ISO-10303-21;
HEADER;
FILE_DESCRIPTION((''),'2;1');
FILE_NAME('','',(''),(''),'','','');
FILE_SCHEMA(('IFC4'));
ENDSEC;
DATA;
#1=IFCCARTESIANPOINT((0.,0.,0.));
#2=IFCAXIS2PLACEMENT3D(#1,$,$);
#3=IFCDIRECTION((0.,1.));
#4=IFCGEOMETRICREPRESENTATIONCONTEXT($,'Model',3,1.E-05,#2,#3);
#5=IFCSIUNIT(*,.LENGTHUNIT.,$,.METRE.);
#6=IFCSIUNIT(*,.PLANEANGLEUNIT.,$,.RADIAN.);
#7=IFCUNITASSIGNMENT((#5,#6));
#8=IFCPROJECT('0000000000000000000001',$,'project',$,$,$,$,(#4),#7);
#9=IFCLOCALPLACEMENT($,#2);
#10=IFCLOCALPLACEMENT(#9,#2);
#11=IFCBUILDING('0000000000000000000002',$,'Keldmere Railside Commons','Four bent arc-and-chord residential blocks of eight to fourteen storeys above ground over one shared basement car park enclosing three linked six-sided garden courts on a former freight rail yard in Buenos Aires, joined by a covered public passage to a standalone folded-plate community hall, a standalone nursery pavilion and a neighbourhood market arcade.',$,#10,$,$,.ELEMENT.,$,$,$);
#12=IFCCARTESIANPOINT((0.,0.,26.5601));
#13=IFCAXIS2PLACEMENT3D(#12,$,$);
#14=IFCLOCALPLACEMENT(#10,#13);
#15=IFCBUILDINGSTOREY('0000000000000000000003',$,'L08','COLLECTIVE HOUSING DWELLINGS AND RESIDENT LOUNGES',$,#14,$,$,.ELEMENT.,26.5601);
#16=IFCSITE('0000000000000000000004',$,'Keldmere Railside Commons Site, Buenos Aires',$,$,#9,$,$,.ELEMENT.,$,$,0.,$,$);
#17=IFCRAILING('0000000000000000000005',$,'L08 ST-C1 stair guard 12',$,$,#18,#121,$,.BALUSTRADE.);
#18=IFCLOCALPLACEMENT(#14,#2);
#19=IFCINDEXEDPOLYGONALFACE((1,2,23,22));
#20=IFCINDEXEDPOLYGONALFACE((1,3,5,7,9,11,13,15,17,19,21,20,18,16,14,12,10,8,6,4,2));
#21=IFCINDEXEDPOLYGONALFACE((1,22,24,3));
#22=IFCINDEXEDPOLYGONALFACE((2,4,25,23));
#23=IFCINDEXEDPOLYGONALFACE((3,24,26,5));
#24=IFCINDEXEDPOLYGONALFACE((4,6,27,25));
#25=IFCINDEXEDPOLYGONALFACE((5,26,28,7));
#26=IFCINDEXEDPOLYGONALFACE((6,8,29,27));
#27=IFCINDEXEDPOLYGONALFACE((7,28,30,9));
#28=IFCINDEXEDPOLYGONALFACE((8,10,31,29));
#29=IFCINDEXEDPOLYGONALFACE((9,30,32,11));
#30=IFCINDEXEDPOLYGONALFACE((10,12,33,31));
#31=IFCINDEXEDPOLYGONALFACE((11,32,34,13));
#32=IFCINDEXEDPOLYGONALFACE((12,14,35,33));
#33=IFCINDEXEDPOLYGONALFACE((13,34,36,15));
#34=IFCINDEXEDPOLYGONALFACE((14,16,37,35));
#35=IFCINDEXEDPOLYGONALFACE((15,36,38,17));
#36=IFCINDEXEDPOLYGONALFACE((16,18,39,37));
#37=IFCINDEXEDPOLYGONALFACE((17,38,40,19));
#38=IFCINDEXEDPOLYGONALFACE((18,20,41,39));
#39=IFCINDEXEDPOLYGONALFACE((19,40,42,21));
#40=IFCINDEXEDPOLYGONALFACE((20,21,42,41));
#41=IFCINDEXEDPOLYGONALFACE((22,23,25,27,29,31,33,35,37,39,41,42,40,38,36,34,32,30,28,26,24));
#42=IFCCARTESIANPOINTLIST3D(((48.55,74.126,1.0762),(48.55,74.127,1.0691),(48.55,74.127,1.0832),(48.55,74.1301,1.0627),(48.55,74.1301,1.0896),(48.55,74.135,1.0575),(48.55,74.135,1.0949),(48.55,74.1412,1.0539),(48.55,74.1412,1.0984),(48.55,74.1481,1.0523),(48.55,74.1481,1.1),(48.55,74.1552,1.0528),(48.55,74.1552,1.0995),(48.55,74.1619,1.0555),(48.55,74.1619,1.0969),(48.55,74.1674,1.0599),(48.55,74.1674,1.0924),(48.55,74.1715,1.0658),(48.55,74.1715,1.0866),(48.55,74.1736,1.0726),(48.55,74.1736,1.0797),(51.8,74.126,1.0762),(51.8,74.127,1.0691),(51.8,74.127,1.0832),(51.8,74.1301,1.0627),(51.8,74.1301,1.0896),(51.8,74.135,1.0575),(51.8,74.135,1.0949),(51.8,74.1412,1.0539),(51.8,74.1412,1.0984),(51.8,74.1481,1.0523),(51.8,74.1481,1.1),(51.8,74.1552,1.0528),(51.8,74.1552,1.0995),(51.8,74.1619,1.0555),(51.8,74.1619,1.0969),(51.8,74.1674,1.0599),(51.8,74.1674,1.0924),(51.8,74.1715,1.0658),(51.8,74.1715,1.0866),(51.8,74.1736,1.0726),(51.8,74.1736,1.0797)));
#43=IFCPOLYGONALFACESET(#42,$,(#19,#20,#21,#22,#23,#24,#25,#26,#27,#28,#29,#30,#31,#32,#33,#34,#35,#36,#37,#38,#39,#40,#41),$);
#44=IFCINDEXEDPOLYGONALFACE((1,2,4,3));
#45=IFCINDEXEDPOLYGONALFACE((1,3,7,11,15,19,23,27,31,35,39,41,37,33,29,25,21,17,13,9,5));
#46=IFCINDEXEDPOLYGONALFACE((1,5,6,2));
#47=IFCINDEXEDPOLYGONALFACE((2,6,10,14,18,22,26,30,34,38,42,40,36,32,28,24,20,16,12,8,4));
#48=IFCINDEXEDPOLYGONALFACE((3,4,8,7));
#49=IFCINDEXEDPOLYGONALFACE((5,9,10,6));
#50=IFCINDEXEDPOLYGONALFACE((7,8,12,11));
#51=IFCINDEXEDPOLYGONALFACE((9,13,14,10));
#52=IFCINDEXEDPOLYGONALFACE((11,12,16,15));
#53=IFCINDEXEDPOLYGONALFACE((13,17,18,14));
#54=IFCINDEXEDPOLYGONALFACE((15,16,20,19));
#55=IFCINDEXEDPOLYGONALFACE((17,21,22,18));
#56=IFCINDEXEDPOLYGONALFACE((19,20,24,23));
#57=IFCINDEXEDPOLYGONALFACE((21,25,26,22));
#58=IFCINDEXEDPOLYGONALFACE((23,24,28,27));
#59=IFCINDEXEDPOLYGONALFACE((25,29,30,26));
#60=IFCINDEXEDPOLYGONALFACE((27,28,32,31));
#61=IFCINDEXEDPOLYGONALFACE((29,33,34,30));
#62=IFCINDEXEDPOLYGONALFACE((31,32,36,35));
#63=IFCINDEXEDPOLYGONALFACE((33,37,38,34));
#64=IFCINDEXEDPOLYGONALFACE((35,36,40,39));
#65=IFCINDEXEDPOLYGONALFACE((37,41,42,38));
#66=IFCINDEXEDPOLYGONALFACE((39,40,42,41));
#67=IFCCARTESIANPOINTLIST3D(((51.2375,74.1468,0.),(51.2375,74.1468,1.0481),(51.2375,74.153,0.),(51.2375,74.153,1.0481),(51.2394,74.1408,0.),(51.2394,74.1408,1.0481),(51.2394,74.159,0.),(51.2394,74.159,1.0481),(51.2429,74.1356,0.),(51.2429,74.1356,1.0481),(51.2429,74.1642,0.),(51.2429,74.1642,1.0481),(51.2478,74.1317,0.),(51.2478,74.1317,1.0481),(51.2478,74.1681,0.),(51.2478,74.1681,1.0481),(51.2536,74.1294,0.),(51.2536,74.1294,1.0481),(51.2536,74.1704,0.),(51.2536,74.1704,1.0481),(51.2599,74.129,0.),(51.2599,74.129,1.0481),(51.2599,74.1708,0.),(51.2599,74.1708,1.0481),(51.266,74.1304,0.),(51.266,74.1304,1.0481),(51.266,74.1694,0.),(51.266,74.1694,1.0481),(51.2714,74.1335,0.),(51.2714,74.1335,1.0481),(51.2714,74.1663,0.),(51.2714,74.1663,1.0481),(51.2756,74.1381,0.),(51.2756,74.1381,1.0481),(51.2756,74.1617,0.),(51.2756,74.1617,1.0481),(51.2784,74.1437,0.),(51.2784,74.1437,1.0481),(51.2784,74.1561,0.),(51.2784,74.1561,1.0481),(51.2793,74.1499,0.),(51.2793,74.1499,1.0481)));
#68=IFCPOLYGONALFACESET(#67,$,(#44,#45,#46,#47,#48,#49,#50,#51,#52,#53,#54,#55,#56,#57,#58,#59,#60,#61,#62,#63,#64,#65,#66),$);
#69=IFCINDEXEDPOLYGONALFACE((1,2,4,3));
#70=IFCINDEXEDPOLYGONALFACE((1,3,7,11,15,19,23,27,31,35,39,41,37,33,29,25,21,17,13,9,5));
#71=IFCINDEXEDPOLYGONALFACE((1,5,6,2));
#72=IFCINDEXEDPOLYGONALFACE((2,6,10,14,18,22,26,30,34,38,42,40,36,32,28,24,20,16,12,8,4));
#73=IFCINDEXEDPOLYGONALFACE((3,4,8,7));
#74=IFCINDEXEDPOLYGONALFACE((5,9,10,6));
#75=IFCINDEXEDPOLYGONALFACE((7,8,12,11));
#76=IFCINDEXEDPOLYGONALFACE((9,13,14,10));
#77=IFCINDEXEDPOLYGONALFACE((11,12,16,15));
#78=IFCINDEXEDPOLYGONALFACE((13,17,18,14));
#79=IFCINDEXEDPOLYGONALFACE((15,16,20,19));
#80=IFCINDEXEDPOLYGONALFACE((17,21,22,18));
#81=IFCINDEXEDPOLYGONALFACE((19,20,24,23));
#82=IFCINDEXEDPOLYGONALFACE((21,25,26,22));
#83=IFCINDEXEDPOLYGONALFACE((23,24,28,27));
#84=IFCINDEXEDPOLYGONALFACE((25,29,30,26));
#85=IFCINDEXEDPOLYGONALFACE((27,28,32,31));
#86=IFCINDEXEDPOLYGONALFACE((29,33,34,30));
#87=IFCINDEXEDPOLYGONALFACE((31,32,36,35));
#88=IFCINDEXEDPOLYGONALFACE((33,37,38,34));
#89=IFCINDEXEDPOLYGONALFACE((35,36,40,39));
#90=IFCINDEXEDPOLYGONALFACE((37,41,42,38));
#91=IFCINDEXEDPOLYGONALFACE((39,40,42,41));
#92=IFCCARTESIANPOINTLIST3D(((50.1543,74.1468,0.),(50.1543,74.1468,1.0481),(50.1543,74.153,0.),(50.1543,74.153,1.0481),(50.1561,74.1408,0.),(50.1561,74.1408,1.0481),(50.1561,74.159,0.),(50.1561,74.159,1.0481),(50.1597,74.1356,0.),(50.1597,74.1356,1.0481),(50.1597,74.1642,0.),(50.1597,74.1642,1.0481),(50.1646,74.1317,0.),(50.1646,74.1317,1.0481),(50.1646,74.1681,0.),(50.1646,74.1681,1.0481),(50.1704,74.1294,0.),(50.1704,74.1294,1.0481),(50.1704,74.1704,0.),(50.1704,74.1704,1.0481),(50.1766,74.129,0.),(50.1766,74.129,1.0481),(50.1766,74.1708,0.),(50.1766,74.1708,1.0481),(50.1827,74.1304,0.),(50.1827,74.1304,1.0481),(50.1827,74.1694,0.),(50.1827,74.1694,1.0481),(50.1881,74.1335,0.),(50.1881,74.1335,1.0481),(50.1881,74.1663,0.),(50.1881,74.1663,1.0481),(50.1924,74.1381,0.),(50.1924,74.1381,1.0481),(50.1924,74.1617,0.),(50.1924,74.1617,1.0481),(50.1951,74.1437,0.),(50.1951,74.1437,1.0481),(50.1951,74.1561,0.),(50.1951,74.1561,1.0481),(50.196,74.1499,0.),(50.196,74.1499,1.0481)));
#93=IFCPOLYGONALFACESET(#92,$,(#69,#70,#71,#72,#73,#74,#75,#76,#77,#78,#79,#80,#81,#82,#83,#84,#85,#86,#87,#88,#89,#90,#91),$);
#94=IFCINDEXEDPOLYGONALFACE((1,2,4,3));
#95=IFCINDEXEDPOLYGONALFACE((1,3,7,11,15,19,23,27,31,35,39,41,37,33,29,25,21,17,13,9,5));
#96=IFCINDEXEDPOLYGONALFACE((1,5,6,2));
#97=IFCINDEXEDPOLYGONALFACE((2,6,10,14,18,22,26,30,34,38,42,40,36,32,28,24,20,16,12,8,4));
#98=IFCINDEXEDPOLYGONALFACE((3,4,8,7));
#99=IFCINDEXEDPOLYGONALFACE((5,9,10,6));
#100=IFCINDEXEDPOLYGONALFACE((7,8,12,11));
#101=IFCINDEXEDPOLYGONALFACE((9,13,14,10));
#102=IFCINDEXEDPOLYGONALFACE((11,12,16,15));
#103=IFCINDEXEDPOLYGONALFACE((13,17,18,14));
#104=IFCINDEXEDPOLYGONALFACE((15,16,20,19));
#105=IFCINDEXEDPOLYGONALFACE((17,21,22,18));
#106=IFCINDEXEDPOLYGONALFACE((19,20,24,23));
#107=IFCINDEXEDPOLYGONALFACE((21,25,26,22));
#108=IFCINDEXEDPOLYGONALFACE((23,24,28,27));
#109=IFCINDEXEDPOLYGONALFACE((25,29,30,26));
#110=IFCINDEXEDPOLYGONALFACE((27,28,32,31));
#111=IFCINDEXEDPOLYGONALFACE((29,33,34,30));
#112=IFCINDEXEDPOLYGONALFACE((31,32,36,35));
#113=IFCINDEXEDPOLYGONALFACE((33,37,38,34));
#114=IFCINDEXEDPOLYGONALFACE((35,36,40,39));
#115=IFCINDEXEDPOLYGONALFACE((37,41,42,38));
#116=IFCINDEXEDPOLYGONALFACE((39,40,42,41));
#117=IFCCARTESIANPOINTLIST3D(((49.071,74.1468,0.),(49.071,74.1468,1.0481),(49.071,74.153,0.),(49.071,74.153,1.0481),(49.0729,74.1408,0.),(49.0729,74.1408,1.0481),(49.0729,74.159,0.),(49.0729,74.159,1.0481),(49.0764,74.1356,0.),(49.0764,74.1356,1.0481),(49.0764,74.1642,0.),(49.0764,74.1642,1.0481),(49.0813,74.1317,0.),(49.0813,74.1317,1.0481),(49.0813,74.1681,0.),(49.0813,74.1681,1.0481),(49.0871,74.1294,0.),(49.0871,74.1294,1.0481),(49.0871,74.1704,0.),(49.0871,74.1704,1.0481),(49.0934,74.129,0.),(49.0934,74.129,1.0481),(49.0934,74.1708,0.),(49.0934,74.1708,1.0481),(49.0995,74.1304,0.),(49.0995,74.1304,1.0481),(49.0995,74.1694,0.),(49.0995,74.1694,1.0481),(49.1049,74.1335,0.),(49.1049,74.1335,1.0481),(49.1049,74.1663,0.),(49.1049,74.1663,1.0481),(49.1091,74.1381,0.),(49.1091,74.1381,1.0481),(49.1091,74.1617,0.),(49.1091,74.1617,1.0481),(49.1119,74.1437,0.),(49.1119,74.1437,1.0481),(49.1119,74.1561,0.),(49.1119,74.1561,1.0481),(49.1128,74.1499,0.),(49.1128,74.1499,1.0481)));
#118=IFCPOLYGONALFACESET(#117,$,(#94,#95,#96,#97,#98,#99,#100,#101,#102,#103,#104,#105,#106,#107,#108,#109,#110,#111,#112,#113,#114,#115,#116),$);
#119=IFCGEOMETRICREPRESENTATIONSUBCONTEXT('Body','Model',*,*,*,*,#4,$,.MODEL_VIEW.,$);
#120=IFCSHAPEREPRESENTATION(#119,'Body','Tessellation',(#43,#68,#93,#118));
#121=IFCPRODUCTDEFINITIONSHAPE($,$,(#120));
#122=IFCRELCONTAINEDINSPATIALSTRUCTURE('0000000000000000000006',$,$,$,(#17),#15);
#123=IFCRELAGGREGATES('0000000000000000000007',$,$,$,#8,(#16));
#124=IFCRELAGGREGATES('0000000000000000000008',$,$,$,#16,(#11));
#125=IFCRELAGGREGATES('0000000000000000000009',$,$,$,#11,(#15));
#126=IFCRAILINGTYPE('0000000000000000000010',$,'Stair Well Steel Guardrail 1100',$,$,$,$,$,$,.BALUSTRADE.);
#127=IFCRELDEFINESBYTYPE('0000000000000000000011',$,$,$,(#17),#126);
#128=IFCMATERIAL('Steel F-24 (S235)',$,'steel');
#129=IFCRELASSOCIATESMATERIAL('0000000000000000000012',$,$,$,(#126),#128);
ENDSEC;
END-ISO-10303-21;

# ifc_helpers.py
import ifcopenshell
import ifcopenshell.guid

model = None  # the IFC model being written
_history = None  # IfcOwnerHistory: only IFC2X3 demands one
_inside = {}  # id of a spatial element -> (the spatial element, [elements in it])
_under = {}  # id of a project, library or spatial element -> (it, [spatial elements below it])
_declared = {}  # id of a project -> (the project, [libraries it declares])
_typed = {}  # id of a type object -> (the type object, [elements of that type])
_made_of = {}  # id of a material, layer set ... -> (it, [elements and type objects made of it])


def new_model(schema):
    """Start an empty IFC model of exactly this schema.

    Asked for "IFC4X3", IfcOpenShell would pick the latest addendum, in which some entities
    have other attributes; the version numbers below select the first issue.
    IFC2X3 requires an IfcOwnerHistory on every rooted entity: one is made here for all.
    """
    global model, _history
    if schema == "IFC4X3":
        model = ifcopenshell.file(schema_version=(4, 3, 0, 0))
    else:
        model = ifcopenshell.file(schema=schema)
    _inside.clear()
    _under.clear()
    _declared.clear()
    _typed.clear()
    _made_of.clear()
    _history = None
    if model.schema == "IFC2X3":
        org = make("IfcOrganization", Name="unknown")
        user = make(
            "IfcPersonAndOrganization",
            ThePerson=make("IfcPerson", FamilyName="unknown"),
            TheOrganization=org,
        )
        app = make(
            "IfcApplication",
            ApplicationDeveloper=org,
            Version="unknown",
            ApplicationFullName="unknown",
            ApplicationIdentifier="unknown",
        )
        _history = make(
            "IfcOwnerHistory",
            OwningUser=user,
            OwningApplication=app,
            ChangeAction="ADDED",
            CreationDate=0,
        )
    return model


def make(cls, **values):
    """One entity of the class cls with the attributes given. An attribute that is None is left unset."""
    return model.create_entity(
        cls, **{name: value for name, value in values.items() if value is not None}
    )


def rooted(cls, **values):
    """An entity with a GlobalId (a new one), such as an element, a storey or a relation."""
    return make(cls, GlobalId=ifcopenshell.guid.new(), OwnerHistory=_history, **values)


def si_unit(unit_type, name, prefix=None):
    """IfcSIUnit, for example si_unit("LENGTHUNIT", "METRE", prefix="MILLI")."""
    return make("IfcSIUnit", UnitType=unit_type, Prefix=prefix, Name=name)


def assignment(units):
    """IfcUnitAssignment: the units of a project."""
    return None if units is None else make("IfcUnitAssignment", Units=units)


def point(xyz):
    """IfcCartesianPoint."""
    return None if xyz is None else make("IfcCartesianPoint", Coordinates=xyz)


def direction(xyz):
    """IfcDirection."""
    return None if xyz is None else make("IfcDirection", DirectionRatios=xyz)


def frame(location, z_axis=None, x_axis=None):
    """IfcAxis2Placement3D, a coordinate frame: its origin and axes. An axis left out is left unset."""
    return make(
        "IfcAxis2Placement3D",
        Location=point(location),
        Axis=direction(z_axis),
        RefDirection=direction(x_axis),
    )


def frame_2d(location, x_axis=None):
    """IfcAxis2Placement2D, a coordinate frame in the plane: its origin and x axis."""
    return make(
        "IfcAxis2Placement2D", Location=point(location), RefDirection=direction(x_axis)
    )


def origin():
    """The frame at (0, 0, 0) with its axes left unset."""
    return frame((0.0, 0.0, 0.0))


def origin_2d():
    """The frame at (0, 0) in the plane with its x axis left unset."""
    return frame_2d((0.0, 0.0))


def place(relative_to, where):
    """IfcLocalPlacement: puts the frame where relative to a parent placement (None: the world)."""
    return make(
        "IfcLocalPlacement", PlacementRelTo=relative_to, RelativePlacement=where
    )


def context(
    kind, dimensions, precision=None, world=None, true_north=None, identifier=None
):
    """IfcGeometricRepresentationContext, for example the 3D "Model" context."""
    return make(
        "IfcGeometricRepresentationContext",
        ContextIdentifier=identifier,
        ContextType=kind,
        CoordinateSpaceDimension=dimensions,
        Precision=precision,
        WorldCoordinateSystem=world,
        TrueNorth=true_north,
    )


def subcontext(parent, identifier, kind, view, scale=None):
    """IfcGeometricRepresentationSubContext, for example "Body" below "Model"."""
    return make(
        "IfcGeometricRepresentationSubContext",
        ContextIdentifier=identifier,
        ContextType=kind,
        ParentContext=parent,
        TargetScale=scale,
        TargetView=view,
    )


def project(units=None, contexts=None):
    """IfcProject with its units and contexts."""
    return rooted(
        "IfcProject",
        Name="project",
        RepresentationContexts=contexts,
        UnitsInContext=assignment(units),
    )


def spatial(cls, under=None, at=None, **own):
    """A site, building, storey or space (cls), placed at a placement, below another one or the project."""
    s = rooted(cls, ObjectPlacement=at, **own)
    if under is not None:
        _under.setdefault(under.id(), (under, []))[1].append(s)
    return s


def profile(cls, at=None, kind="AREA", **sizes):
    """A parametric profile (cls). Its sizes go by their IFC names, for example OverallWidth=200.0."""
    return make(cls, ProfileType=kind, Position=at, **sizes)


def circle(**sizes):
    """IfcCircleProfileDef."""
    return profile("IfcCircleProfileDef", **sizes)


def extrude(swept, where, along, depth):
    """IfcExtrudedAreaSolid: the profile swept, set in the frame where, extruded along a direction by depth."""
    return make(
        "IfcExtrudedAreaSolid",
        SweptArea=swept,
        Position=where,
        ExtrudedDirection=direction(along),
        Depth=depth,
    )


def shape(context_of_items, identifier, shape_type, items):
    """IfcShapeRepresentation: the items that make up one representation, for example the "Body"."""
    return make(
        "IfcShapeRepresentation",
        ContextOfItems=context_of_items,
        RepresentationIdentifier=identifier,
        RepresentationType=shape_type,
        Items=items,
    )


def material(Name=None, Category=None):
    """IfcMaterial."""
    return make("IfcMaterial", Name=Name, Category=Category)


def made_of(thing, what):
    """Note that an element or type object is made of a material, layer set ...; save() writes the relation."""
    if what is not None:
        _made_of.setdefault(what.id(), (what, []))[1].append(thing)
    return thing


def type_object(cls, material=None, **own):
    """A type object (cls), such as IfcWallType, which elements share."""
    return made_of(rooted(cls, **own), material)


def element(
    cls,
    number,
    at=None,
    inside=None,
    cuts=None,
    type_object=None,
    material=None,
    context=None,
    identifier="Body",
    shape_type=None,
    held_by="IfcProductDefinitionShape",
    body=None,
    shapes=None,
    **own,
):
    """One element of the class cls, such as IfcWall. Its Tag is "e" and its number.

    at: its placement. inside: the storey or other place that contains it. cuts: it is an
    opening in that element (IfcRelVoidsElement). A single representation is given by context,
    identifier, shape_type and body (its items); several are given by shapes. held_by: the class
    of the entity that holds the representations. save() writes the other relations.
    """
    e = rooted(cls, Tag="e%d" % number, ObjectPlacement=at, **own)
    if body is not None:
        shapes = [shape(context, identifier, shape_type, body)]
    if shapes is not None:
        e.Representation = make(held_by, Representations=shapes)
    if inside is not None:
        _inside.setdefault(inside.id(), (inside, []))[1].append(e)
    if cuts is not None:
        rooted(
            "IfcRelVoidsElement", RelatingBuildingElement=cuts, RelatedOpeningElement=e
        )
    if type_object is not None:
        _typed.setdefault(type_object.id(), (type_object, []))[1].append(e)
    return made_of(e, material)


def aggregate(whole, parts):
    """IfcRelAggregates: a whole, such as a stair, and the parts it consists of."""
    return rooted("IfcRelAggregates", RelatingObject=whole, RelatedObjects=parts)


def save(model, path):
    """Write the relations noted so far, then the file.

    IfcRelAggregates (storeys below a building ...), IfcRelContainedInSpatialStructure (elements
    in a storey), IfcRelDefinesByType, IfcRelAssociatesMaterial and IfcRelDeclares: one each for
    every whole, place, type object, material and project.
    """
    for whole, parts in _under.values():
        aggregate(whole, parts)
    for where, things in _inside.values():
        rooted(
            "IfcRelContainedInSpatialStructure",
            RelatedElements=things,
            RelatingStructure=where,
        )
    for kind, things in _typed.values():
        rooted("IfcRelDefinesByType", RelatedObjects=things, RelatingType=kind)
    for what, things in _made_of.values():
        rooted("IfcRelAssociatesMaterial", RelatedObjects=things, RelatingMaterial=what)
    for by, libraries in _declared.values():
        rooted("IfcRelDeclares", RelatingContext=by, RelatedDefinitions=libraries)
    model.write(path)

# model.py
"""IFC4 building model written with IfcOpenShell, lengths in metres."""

from ifc_helpers import new_model, si_unit, direction, frame, origin, origin_2d, place, context, subcontext, project, spatial, circle, extrude, material, type_object, element, save


model = new_model("IFC4")

# Units and contexts
model_context = context("Model", 3, precision=1e-05, world=origin(), true_north=direction((0.0, 1.0)))
body_context = subcontext(model_context, "Body", "Model", "MODEL_VIEW")
ifc_project = project(units=[si_unit("LENGTHUNIT", "METRE"), si_unit("PLANEANGLEUNIT", "RADIAN")], contexts=[model_context])

# Site, building, storey
site_placement = place(None, origin())
site = spatial("IfcSite", under=ifc_project, at=site_placement, Name="Keldmere Railside Commons Site, Buenos Aires", CompositionType="ELEMENT", RefElevation=0.0)
building_placement = place(site_placement, origin())
building = spatial("IfcBuilding", under=site, at=building_placement, Name="Keldmere Railside Commons", Description="Four bent arc-and-chord residential blocks of eight to fourteen storeys above ground over one shared basement car park enclosing three linked six-sided garden courts on a former freight rail yard in Buenos Aires, joined by a covered public passage to a standalone folded-plate community hall, a standalone nursery pavilion and a neighbourhood market arcade.", CompositionType="ELEMENT")
storey_placement = place(building_placement, frame((0.0, 0.0, 26.5601)))
storey = spatial("IfcBuildingStorey", under=building, at=storey_placement, Name="L08", Description="COLLECTIVE HOUSING DWELLINGS AND RESIDENT LOUNGES", CompositionType="ELEMENT", Elevation=26.5601)

# Shared definitions
ifc_material_1 = material(Name="Steel F-24 (S235)", Category="steel")

# Railing
railing_type_1 = type_object("IfcRailingType", Name="Stair Well Steel Guardrail 1100", PredefinedType="BALUSTRADE", material=ifc_material_1)
railing_1_placement = place(storey_placement, frame((51.8, 74.1499, 0.0)))
element("IfcRailing", 1, at=railing_1_placement, inside=storey, type_object=railing_type_1, Name="L08 ST-C1 stair guard 12", PredefinedType="BALUSTRADE", context=body_context, shape_type="SweptSolid", body=[
    extrude(circle(Radius=0.0239, at=origin_2d()), frame((0.0, 0.0, 1.0762), z_axis=(-1.0, 0.0, 0.0), x_axis=(0.0, -1.0, 0.0)), (0.0, 0.0, 1.0), 3.25),
    extrude(circle(Radius=0.021, at=origin_2d()), frame((-0.5417, 0.0, 0.0)), (0.0, 0.0, 1.0), 1.0481),
    extrude(circle(Radius=0.021, at=origin_2d()), frame((-1.625, 0.0, 0.0)), (0.0, 0.0, 1.0), 1.0481),
    extrude(circle(Radius=0.021, at=origin_2d()), frame((-2.7083, 0.0, 0.0)), (0.0, 0.0, 1.0), 1.0481),
])

save(model, "model.ifc")
